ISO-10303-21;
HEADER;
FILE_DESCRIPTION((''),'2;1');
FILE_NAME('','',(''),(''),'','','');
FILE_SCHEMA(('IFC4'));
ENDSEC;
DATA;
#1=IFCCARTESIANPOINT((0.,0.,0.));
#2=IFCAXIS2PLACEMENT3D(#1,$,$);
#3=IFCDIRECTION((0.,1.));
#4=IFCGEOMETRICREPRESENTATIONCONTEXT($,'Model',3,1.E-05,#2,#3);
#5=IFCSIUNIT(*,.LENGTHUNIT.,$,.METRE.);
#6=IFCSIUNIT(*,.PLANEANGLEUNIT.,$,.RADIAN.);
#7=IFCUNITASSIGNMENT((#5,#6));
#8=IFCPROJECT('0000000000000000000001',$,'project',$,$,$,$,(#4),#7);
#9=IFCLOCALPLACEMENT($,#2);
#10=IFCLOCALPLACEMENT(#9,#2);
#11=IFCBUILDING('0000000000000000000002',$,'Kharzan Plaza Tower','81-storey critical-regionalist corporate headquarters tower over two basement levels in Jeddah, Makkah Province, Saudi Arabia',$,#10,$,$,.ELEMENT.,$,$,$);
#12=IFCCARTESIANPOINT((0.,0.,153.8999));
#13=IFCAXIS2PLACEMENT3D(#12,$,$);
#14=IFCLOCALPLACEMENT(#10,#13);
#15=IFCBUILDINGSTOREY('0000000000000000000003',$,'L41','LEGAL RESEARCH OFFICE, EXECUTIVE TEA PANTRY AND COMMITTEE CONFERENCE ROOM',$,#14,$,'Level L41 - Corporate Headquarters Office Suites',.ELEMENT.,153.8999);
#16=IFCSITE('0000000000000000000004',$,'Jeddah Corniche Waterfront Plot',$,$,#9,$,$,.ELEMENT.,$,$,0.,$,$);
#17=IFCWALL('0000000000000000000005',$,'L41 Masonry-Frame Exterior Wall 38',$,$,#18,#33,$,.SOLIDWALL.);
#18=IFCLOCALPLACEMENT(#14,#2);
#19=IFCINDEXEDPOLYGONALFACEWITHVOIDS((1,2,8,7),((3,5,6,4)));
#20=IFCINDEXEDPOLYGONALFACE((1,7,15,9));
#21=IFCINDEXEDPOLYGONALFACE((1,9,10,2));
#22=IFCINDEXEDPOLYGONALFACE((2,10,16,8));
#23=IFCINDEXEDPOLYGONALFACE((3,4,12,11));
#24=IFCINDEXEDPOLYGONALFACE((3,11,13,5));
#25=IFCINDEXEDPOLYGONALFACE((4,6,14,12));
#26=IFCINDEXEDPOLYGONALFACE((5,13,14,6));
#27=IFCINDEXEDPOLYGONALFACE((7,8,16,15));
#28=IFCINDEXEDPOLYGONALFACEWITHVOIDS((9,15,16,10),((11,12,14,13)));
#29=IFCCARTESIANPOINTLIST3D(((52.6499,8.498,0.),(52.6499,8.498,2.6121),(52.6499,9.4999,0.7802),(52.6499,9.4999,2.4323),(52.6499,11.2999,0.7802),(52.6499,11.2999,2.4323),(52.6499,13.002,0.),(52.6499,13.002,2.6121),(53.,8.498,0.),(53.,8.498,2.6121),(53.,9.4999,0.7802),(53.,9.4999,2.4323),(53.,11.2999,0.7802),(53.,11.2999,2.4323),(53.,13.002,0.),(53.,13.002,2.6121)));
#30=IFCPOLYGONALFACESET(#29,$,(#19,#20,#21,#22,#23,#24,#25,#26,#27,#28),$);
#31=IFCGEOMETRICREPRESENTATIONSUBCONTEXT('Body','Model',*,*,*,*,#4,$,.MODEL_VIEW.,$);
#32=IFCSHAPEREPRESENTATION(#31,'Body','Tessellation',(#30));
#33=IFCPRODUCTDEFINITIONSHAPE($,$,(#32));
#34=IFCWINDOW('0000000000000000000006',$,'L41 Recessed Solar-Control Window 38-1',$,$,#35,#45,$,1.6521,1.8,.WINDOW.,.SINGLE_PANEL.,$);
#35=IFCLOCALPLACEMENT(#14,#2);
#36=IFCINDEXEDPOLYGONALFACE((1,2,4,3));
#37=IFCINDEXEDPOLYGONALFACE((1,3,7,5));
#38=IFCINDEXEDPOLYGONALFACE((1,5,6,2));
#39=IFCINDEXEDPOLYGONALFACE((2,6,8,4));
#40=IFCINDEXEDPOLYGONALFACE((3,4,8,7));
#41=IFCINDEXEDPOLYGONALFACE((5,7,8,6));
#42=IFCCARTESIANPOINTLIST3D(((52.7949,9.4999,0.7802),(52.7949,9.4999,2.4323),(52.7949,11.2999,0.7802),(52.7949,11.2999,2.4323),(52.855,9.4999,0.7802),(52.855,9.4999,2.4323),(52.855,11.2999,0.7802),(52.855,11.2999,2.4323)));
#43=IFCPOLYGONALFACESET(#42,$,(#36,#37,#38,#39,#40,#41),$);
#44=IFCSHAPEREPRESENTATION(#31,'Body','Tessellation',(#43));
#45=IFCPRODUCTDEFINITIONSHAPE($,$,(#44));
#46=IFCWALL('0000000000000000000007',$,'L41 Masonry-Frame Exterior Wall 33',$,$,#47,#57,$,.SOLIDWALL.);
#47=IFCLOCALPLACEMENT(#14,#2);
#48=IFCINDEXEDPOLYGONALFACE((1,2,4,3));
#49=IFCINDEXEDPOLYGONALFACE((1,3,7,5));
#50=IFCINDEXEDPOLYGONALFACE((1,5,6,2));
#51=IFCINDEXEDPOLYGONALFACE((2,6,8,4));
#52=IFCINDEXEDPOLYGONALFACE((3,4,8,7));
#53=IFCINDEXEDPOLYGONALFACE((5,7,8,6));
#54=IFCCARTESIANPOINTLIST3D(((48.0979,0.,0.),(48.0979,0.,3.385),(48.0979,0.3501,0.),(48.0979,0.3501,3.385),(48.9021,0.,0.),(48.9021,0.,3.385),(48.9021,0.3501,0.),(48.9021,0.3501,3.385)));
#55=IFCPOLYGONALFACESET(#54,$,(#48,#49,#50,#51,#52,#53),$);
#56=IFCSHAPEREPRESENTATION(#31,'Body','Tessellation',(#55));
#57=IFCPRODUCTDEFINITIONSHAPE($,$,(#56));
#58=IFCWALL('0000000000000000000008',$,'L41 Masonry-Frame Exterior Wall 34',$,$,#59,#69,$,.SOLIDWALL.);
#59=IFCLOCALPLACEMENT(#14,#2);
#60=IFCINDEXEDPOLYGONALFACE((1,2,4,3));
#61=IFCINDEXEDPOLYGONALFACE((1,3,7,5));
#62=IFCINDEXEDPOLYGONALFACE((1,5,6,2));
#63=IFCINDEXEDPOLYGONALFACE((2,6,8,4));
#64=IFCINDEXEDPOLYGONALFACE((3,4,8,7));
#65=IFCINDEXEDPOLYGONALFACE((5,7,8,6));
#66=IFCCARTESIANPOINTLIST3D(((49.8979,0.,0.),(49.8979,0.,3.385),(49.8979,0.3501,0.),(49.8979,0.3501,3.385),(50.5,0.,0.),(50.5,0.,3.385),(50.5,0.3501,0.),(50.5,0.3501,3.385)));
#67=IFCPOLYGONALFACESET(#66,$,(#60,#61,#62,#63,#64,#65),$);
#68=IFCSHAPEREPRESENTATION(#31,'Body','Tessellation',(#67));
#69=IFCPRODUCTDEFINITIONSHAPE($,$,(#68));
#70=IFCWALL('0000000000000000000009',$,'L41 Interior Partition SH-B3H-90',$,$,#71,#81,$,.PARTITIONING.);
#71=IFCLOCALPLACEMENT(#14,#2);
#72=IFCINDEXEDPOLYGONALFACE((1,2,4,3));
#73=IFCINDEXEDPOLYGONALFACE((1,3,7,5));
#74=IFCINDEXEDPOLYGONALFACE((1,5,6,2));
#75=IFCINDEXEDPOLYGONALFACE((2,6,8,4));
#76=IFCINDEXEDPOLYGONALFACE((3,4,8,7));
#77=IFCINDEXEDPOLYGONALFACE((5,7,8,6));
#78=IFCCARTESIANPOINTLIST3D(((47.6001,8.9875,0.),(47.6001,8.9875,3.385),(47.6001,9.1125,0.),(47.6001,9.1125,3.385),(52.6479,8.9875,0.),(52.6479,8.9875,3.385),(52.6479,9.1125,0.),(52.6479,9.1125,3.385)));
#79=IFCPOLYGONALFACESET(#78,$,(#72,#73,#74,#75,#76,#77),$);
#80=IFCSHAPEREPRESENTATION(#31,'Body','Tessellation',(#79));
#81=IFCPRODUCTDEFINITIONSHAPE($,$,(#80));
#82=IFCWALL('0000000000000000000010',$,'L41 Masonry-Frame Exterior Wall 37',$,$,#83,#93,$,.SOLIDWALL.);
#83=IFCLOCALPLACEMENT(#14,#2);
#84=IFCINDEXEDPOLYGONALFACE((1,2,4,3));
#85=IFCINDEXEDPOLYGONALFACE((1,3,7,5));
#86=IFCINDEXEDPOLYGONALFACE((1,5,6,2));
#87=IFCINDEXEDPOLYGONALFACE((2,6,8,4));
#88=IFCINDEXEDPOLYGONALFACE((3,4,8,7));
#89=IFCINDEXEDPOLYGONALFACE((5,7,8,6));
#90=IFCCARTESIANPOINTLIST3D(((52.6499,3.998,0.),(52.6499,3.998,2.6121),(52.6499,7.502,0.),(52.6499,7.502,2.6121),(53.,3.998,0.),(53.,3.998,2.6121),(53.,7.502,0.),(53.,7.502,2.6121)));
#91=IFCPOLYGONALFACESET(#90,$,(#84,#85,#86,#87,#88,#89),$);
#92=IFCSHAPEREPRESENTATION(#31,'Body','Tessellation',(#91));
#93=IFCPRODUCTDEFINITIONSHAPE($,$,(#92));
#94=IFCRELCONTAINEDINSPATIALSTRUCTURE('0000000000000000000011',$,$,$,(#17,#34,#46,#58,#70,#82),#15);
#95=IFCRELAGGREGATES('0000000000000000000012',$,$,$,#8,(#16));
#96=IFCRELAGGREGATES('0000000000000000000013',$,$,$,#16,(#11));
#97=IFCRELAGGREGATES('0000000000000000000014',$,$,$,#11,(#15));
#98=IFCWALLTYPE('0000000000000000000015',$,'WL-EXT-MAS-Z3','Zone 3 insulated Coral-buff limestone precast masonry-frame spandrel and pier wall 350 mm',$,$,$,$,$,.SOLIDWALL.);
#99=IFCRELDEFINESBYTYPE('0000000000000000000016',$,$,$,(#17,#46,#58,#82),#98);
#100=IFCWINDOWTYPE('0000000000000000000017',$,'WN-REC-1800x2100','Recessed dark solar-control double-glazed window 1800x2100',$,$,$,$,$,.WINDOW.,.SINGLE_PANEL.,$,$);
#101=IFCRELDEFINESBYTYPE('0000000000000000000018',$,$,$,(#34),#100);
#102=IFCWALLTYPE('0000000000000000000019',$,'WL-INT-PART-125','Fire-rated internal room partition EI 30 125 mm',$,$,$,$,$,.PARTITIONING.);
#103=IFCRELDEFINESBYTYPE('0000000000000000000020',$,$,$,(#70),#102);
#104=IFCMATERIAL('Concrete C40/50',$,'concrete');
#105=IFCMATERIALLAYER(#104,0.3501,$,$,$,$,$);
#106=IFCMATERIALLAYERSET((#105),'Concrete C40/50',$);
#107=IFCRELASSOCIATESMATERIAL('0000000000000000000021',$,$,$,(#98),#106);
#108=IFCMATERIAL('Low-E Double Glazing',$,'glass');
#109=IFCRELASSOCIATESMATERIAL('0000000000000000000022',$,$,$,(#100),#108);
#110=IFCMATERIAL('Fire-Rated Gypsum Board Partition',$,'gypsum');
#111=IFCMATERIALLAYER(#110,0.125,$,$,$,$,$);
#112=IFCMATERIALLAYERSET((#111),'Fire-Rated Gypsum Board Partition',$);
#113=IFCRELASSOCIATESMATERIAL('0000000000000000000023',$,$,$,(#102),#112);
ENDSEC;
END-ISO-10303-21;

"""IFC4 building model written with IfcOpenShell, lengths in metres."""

from ifc_helpers import new_model, si_unit, direction, frame, frame_2d, origin, place, context, subcontext, project, spatial, rectangle, extrude, source, transform, mapped, material, layer, layer_set, type_object, element, fill, save


model = new_model("IFC4")

# Units and contexts
model_context = context("Model", 3, precision=1e-05, world=origin(), true_north=direction((0.0, 1.0)))
body_context = subcontext(model_context, "Body", "Model", "MODEL_VIEW")
ifc_project = project(units=[si_unit("LENGTHUNIT", "METRE"), si_unit("PLANEANGLEUNIT", "RADIAN")], contexts=[model_context])

# Site, building, storey
site_placement = place(None, origin())
site = spatial("IfcSite", under=ifc_project, at=site_placement, Name="Jeddah Corniche Waterfront Plot", CompositionType="ELEMENT", RefElevation=0.0)
building_placement = place(site_placement, origin())
building = spatial("IfcBuilding", under=site, at=building_placement, Name="Kharzan Plaza Tower", Description="81-storey critical-regionalist corporate headquarters tower over two basement levels in Jeddah, Makkah Province, Saudi Arabia", CompositionType="ELEMENT")
storey_placement = place(building_placement, frame((0.0, 0.0, 153.8999)))
storey = spatial("IfcBuildingStorey", under=building, at=storey_placement, Name="L41", Description="LEGAL RESEARCH OFFICE, EXECUTIVE TEA PANTRY AND COMMITTEE CONFERENCE ROOM", LongName="Level L41 - Corporate Headquarters Office Suites", CompositionType="ELEMENT", Elevation=153.8999)

# Wall, opening, window
ifc_material_1 = material(Name="Concrete C40/50", Category="concrete")
ifc_layer_1 = layer(ifc_material_1, 0.3501)
ifc_layer_set_1 = layer_set([ifc_layer_1], Name="Concrete C40/50")
wall_type_1 = type_object("IfcWallType", Name="WL-EXT-MAS-Z3", Description="Zone 3 insulated Coral-buff limestone precast masonry-frame spandrel and pier wall 350 mm", PredefinedType="SOLIDWALL", material=ifc_layer_set_1)
ifc_material_2 = material(Name="Low-E Double Glazing", Category="glass")
window_type_1 = type_object("IfcWindowType", Name="WN-REC-1800x2100", Description="Recessed dark solar-control double-glazed window 1800x2100", PartitioningType="SINGLE_PANEL", PredefinedType="WINDOW", material=ifc_material_2)
wall_1_placement = place(storey_placement, frame((52.825, 8.498, 0.0), z_axis=(0.0, 0.0, 1.0), x_axis=(0.0, 1.0, 0.0)))
wall_1 = element("IfcWall", 1, at=wall_1_placement, inside=storey, type_object=wall_type_1, Name="L41 Masonry-Frame Exterior Wall 38", PredefinedType="SOLIDWALL", context=body_context, shape_type="SweptSolid", body=[
    extrude(rectangle(XDim=4.5039, YDim=0.3501, at=frame_2d((2.252, 0.0))), origin(), (0.0, 0.0, 1.0), 2.6121),
])
opening_1_placement = place(wall_1_placement, frame((1.002, 0.0, 0.78)))
opening_1 = element("IfcOpeningElement", 2, at=opening_1_placement, cuts=wall_1, PredefinedType="OPENING", context=body_context, shape_type="SweptSolid", body=[
    extrude(rectangle(XDim=1.8, YDim=1.6521, at=frame_2d((0.8999, 0.8262))), frame((0.0, 0.1851, 0.0), z_axis=(0.0, -1.0, 0.0), x_axis=(1.0, 0.0, 0.0)), (0.0, 0.0, 1.0), 0.3701),
])
shared_shape_1 = source(origin(), body_context, "Body", "SweptSolid", [
    extrude(rectangle(XDim=1.8, YDim=1.6521, at=frame_2d((0.8999, 0.8262))), frame((0.0, 0.03, 0.0), z_axis=(0.0, -1.0, 0.0), x_axis=(1.0, 0.0, 0.0)), (0.0, 0.0, 1.0), 0.0601),
])
window_1_placement = place(opening_1_placement, origin())
window_1 = element("IfcWindow", 3, at=window_1_placement, inside=storey, type_object=window_type_1, Name="L41 Recessed Solar-Control Window 38-1", OverallHeight=1.6521, OverallWidth=1.8, PartitioningType="SINGLE_PANEL", PredefinedType="WINDOW", context=body_context, shape_type="MappedRepresentation", body=[
    mapped(shared_shape_1, transform((0.0, 0.0, 0.0), x_axis=(1.0, 0.0, 0.0), y_axis=(0.0, 1.0, 0.0), z_axis=(0.0, 0.0, 1.0))),
])
fill(opening_1, window_1)

# Shared definitions
ifc_material_3 = material(Name="Fire-Rated Gypsum Board Partition", Category="gypsum")
ifc_layer_2 = layer(ifc_material_3, 0.125)
ifc_layer_set_2 = layer_set([ifc_layer_2], Name="Fire-Rated Gypsum Board Partition")
wall_type_2 = type_object("IfcWallType", Name="WL-INT-PART-125", Description="Fire-rated internal room partition EI 30 125 mm", PredefinedType="PARTITIONING", material=ifc_layer_set_2)

# Walls
shared_shape_2 = source(origin(), body_context, "Body", "SweptSolid", [
    extrude(rectangle(XDim=0.8042, YDim=0.3501, at=frame_2d((0.4021, 0.0))), origin(), (0.0, 0.0, 1.0), 3.385),
])
wall_2_placement = place(storey_placement, frame((48.0979, 0.175, 0.0), z_axis=(0.0, 0.0, 1.0), x_axis=(1.0, 0.0, 0.0)))
element("IfcWall", 4, at=wall_2_placement, inside=storey, type_object=wall_type_1, Name="L41 Masonry-Frame Exterior Wall 33", PredefinedType="SOLIDWALL", context=body_context, shape_type="MappedRepresentation", body=[
    mapped(shared_shape_2, transform((0.0, 0.0, 0.0), x_axis=(1.0, 0.0, 0.0), y_axis=(0.0, 1.0, 0.0), z_axis=(0.0, 0.0, 1.0))),
])
shared_shape_3 = source(origin(), body_context, "Body", "SweptSolid", [
    extrude(rectangle(XDim=0.6021, YDim=0.3501, at=frame_2d((0.301, 0.0))), origin(), (0.0, 0.0, 1.0), 3.385),
])
wall_3_placement = place(storey_placement, frame((49.8979, 0.175, 0.0), z_axis=(0.0, 0.0, 1.0), x_axis=(1.0, 0.0, 0.0)))
element("IfcWall", 5, at=wall_3_placement, inside=storey, type_object=wall_type_1, Name="L41 Masonry-Frame Exterior Wall 34", PredefinedType="SOLIDWALL", context=body_context, shape_type="MappedRepresentation", body=[
    mapped(shared_shape_3, transform((0.0, 0.0, 0.0), x_axis=(1.0, 0.0, 0.0), y_axis=(0.0, 1.0, 0.0), z_axis=(0.0, 0.0, 1.0))),
])
shared_shape_4 = source(origin(), body_context, "Body", "SweptSolid", [
    extrude(rectangle(XDim=5.0479, YDim=0.125, at=frame_2d((2.5239, 0.0))), origin(), (0.0, 0.0, 1.0), 3.385),
])
wall_4_placement = place(storey_placement, frame((47.6001, 9.05, 0.0), z_axis=(0.0, 0.0, 1.0), x_axis=(1.0, 0.0, 0.0)))
element("IfcWall", 6, at=wall_4_placement, inside=storey, type_object=wall_type_2, Name="L41 Interior Partition SH-B3H-90", PredefinedType="PARTITIONING", context=body_context, shape_type="MappedRepresentation", body=[
    mapped(shared_shape_4, transform((0.0, 0.0, 0.0), x_axis=(1.0, 0.0, 0.0), y_axis=(0.0, 1.0, 0.0), z_axis=(0.0, 0.0, 1.0))),
])
shared_shape_5 = source(origin(), body_context, "Body", "SweptSolid", [
    extrude(rectangle(XDim=3.5039, YDim=0.3501, at=frame_2d((1.752, 0.0))), origin(), (0.0, 0.0, 1.0), 2.6121),
])
wall_5_placement = place(storey_placement, frame((52.825, 3.998, 0.0), z_axis=(0.0, 0.0, 1.0), x_axis=(0.0, 1.0, 0.0)))
element("IfcWall", 7, at=wall_5_placement, inside=storey, type_object=wall_type_1, Name="L41 Masonry-Frame Exterior Wall 37", PredefinedType="SOLIDWALL", context=body_context, shape_type="MappedRepresentation", body=[
    mapped(shared_shape_5, transform((0.0, 0.0, 0.0), x_axis=(1.0, 0.0, 0.0), y_axis=(0.0, 1.0, 0.0), z_axis=(0.0, 0.0, 1.0))),
])

save(model, "model.ifc")
